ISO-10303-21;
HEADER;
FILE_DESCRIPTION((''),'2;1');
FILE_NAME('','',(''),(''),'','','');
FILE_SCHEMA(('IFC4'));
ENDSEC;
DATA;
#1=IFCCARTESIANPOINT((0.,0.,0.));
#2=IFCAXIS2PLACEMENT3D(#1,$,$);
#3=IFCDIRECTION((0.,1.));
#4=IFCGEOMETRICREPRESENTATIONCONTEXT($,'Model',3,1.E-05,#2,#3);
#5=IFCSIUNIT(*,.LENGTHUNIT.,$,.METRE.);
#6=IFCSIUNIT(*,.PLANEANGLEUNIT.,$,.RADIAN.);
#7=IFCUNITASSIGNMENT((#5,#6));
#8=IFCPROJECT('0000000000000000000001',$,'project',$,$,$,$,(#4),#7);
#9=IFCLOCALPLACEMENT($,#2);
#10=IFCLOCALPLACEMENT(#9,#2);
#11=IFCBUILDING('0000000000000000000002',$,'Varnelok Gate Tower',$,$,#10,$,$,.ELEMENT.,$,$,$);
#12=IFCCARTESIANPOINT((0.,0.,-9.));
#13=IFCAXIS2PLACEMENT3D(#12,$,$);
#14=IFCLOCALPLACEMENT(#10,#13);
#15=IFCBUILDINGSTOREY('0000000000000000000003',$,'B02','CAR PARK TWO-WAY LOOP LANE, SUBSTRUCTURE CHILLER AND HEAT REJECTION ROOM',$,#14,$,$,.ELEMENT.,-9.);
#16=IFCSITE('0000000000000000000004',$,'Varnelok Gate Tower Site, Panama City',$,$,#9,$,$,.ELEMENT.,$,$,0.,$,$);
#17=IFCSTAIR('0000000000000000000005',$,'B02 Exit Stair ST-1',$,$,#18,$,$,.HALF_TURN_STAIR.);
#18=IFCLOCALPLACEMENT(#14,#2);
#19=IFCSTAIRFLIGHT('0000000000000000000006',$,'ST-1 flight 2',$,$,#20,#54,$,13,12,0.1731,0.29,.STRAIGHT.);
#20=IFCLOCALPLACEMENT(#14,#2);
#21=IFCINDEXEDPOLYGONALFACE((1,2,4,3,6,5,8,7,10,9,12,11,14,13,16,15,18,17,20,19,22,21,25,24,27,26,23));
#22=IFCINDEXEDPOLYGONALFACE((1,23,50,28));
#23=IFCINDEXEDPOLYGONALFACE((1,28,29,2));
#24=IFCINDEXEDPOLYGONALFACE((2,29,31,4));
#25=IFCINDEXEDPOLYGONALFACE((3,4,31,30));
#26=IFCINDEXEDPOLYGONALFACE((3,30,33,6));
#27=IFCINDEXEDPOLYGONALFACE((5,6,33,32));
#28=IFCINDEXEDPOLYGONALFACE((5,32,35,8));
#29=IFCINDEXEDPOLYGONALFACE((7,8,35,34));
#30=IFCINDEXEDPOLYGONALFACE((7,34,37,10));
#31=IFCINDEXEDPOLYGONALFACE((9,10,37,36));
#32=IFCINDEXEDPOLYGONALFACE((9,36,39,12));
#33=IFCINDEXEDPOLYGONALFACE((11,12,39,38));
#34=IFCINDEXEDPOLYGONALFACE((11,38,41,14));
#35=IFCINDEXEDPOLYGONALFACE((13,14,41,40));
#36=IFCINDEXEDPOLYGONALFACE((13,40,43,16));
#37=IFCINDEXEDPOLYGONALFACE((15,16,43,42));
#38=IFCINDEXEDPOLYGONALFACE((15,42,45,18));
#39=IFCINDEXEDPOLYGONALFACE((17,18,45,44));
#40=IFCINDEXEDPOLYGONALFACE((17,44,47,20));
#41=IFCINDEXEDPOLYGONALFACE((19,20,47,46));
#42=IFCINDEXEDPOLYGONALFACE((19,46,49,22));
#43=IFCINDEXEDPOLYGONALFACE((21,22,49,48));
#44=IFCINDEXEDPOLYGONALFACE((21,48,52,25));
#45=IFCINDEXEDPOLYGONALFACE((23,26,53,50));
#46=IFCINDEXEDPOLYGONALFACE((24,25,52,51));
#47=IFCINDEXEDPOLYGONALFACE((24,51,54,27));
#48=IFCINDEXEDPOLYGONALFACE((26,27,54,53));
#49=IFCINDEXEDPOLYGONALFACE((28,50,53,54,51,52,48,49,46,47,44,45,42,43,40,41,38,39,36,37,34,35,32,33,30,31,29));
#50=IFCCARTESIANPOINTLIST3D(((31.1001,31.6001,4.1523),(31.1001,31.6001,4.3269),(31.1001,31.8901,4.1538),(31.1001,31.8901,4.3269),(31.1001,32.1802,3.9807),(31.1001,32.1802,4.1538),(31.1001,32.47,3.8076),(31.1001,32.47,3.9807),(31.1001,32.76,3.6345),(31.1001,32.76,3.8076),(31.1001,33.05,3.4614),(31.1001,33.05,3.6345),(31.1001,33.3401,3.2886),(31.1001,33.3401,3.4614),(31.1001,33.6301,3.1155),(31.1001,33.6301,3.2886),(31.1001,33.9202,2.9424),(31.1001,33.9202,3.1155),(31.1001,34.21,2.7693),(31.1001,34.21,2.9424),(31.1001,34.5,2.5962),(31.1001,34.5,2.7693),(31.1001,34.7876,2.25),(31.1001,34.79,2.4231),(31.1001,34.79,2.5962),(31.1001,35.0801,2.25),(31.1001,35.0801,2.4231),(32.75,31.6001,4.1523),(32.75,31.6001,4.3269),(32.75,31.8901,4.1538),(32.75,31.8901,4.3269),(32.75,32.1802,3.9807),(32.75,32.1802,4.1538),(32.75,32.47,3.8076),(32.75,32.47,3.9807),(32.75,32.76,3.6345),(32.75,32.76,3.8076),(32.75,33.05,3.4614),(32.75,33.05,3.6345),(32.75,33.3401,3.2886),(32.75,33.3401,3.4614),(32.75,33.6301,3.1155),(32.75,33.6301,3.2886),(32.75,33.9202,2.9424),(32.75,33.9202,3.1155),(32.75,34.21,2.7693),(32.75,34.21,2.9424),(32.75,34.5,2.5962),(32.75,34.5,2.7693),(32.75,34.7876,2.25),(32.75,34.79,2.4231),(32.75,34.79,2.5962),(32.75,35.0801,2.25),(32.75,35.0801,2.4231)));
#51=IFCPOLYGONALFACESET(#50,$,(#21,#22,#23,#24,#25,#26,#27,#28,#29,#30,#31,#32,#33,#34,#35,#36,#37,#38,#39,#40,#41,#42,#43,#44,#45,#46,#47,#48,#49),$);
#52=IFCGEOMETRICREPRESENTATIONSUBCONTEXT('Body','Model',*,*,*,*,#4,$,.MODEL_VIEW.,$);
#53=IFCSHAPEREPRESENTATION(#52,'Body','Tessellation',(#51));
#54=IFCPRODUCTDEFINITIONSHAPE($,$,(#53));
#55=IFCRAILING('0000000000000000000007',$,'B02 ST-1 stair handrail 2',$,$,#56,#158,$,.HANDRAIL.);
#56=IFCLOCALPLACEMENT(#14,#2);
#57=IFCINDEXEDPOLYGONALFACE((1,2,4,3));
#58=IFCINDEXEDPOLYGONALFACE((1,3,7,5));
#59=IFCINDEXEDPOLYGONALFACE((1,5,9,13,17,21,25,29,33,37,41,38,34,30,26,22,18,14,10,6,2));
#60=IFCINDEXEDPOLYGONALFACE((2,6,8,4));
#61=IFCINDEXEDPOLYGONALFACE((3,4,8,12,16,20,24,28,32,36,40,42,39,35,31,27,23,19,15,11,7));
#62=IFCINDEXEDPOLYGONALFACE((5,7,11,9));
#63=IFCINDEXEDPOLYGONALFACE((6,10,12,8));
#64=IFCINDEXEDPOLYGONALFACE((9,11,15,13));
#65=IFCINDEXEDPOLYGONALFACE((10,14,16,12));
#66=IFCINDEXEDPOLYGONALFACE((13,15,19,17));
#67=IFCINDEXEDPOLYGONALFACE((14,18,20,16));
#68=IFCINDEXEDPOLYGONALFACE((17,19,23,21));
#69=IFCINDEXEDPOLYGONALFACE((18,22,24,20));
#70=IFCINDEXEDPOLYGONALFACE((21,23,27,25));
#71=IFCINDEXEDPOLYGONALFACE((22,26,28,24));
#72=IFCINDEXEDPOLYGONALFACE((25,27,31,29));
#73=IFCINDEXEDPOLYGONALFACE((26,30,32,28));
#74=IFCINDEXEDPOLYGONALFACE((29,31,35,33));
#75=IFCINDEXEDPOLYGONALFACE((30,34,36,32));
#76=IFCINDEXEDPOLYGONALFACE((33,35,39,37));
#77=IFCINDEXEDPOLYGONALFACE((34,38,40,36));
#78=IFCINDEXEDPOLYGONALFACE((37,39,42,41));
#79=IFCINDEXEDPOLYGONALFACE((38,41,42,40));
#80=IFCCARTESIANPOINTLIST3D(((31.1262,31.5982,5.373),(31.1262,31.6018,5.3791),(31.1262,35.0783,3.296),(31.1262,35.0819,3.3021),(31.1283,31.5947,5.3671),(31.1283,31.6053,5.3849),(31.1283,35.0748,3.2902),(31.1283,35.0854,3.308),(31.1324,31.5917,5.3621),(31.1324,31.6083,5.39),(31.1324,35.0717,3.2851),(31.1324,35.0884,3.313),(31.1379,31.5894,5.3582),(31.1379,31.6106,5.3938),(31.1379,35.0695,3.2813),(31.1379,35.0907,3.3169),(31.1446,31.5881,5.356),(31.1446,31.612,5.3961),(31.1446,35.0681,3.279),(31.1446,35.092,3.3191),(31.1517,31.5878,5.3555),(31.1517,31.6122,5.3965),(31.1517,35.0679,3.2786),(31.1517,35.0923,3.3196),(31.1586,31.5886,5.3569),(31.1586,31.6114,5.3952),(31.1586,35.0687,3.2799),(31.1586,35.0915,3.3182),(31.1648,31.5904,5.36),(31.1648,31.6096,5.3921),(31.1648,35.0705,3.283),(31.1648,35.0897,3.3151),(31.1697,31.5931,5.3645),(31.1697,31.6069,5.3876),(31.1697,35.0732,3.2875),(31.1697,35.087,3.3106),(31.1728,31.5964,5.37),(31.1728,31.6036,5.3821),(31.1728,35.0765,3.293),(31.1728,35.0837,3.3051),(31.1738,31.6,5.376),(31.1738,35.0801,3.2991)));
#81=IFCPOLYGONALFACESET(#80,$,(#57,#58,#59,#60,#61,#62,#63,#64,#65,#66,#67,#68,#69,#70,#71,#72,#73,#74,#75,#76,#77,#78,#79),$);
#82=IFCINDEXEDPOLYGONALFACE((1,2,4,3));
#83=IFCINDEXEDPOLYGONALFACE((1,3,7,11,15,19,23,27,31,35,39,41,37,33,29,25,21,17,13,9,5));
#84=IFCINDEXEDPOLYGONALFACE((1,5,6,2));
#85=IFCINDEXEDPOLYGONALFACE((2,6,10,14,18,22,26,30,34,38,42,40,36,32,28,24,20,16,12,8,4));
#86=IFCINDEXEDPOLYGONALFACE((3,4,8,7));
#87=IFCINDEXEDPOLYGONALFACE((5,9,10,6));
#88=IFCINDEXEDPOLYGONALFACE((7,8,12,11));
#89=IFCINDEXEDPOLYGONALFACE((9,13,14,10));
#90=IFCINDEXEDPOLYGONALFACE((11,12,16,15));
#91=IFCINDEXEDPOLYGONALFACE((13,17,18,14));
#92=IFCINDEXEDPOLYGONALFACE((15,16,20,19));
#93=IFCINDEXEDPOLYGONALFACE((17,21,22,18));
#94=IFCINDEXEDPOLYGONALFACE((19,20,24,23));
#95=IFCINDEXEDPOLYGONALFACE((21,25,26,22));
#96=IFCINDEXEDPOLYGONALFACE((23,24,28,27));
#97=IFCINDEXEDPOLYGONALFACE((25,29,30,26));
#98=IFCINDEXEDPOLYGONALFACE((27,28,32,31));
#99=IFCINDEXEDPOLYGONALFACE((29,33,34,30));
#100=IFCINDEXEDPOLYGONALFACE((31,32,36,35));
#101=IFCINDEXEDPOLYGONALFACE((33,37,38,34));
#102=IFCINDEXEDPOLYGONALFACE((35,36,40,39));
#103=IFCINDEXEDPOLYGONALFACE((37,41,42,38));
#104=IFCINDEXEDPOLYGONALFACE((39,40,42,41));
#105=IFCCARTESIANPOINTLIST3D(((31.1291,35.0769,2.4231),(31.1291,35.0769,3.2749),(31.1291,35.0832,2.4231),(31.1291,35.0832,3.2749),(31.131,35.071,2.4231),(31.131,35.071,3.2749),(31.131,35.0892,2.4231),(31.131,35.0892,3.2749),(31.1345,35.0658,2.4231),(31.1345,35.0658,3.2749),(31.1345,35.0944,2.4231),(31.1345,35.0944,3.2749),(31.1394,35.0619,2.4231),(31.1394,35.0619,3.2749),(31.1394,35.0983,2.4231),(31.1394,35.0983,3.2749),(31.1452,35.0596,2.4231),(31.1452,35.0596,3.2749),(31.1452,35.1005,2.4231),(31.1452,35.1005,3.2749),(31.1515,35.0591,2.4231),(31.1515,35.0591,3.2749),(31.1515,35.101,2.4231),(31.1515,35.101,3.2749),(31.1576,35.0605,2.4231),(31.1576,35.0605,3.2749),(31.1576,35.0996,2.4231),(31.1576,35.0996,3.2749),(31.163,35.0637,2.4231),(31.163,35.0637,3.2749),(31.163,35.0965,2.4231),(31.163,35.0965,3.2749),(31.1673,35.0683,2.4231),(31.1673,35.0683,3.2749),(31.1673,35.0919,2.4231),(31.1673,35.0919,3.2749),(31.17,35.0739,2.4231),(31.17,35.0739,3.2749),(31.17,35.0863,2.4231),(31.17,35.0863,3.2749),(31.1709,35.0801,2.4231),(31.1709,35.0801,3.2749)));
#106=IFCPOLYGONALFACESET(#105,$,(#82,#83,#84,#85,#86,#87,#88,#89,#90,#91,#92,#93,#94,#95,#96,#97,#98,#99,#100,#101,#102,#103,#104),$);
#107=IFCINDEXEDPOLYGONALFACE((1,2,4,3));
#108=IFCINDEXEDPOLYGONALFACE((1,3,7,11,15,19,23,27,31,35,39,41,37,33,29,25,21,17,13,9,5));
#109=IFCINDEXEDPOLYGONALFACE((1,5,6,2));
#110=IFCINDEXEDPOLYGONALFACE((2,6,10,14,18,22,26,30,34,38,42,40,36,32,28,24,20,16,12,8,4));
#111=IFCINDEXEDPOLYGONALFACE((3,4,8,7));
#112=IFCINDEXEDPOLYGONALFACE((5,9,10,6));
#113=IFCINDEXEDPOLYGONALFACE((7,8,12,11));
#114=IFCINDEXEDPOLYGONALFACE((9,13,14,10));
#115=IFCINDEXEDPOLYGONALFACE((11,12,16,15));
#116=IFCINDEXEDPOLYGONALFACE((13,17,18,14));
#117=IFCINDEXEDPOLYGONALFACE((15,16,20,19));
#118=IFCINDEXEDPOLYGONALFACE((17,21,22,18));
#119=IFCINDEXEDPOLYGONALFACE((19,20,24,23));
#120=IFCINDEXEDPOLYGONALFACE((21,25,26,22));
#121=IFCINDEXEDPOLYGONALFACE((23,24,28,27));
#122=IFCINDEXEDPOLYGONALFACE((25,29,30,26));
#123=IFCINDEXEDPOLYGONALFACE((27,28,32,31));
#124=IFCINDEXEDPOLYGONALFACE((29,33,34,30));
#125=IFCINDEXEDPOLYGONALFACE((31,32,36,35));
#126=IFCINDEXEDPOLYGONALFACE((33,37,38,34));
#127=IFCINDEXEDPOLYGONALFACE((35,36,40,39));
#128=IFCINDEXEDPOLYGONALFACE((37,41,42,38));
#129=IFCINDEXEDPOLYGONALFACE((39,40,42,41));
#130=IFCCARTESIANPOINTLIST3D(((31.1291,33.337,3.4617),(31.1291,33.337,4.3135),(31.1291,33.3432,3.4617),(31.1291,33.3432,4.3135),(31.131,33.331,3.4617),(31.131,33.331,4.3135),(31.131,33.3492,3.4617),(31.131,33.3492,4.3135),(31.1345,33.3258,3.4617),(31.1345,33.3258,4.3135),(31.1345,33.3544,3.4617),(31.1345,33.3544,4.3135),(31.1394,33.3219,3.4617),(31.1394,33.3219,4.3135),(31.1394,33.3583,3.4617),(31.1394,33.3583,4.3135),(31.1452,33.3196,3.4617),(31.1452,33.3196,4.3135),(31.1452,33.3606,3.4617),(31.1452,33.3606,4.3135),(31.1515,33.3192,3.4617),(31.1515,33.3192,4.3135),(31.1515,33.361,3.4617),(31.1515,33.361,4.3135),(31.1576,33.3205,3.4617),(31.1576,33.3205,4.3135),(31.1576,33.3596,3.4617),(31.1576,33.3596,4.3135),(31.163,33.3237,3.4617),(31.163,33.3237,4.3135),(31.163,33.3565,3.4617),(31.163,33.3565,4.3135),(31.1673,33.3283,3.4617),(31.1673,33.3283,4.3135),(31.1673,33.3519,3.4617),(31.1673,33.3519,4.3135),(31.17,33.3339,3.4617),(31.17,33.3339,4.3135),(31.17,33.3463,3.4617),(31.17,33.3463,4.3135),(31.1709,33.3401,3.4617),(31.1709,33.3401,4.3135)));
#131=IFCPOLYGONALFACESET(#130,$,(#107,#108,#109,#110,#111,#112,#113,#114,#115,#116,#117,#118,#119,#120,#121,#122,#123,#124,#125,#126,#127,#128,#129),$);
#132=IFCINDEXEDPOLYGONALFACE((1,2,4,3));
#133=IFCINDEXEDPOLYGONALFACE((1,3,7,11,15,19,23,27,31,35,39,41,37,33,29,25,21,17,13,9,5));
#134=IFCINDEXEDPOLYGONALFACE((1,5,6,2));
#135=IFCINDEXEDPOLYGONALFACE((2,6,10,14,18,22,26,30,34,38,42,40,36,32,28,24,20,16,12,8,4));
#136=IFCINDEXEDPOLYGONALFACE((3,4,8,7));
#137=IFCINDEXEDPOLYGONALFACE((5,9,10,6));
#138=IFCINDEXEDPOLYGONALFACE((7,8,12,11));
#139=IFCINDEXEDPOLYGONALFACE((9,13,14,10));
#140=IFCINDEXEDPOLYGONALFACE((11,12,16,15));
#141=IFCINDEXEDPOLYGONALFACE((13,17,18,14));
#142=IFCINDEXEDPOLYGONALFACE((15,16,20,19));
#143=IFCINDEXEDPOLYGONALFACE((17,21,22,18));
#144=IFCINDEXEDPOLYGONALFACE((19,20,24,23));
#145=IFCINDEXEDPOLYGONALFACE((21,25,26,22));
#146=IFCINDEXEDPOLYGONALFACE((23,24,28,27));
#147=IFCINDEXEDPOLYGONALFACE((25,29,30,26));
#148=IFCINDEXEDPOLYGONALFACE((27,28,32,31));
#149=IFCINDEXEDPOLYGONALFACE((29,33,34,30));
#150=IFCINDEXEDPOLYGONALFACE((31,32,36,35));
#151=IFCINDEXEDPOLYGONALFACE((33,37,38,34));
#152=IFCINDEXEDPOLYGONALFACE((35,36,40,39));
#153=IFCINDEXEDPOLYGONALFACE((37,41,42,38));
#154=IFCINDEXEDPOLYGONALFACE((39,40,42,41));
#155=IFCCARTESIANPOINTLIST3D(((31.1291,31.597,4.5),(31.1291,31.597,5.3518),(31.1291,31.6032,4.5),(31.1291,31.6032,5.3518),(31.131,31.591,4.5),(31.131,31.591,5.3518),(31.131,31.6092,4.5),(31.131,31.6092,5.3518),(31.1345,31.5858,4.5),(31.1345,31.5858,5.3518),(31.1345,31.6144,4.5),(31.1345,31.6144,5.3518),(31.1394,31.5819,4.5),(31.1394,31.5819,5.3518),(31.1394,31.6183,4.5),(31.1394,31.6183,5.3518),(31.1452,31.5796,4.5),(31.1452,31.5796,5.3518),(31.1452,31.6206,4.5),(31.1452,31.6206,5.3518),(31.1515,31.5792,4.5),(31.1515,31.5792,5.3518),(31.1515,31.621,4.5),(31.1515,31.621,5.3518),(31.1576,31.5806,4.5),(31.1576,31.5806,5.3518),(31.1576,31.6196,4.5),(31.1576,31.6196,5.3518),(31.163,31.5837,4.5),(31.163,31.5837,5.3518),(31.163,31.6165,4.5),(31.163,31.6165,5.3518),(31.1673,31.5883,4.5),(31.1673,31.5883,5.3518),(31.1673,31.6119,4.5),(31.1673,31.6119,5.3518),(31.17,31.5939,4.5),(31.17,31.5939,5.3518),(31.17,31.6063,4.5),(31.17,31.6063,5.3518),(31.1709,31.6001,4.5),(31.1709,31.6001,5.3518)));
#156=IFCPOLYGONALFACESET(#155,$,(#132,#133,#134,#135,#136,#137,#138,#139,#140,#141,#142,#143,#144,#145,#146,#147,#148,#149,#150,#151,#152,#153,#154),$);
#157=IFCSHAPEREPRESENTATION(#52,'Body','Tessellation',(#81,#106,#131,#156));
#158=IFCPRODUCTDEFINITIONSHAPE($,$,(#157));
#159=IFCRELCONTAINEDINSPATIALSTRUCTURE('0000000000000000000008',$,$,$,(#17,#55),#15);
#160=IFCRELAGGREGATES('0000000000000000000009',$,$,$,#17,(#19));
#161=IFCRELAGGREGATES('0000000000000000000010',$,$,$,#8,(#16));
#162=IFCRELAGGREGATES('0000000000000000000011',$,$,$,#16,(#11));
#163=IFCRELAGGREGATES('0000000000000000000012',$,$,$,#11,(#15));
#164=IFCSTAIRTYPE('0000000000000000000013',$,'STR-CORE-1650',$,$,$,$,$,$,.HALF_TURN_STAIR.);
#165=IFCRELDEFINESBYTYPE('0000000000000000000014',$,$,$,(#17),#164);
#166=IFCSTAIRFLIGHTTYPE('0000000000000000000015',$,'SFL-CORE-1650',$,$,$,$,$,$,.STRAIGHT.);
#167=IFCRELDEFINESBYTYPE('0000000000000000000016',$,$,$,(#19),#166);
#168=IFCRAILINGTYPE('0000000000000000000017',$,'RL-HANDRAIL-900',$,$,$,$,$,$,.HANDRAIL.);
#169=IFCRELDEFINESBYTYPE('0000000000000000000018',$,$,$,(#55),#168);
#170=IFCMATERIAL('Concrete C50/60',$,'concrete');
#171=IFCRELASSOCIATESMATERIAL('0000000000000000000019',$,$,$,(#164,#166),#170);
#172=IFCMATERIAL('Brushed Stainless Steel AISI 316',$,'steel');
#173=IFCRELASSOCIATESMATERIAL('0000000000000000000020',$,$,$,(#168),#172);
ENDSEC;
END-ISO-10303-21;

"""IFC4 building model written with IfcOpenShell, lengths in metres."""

from ifc_helpers import new_model, si_unit, direction, frame, origin, origin_2d, place, context, subcontext, project, spatial, polyline, circle, outline, extrude, material, type_object, element, aggregate, save


model = new_model("IFC4")

# Units and contexts
model_context = context("Model", 3, precision=1e-05, world=origin(), true_north=direction((0.0, 1.0)))
body_context = subcontext(model_context, "Body", "Model", "MODEL_VIEW")
ifc_project = project(units=[si_unit("LENGTHUNIT", "METRE"), si_unit("PLANEANGLEUNIT", "RADIAN")], contexts=[model_context])

# Site, building, storey
site_placement = place(None, origin())
site = spatial("IfcSite", under=ifc_project, at=site_placement, Name="Varnelok Gate Tower Site, Panama City", CompositionType="ELEMENT", RefElevation=0.0)
building_placement = place(site_placement, origin())
building = spatial("IfcBuilding", under=site, at=building_placement, Name="Varnelok Gate Tower", CompositionType="ELEMENT")
storey_placement = place(building_placement, frame((0.0, 0.0, -9.0)))
storey = spatial("IfcBuildingStorey", under=building, at=storey_placement, Name="B02", Description="CAR PARK TWO-WAY LOOP LANE, SUBSTRUCTURE CHILLER AND HEAT REJECTION ROOM", CompositionType="ELEMENT", Elevation=-9.0)

# Shared definitions
ifc_material_1 = material(Name="Concrete C50/60", Category="concrete")

# Stair, stair flight
stair_type = type_object("IfcStairType", Name="STR-CORE-1650", PredefinedType="HALF_TURN_STAIR", material=ifc_material_1)
stair_placement = place(storey_placement, origin())
stair = element("IfcStair", 1, at=stair_placement, inside=storey, type_object=stair_type, Name="B02 Exit Stair ST-1", PredefinedType="HALF_TURN_STAIR")
stair_flight_type = type_object("IfcStairFlightType", Name="SFL-CORE-1650", PredefinedType="STRAIGHT", material=ifc_material_1)
stair_flight_placement = place(storey_placement, frame((31.925, 35.0801, 2.25), z_axis=(0.0, 0.0, 1.0), x_axis=(0.0, -1.0, 0.0)))
stair_flight = element("IfcStairFlight", 2, at=stair_flight_placement, type_object=stair_flight_type, Name="ST-1 flight 2", NumberOfRisers=13, NumberOfTreads=12, PredefinedType="STRAIGHT", RiserHeight=0.1731, TreadLength=0.29, context=body_context, shape_type="SweptSolid", body=[
    extrude(outline(polyline([(0.0, 0.0), (0.0, 0.1731), (0.29, 0.1731), (0.29, 0.3462), (0.5801, 0.3462), (0.5801, 0.5193), (0.8701, 0.5193), (0.8701, 0.6924), (1.1599, 0.6924), (1.1599, 0.8655), (1.45, 0.8655), (1.45, 1.0386), (1.74, 1.0386), (1.74, 1.2114), (2.03, 1.2114), (2.03, 1.3845), (2.3201, 1.3845), (2.3201, 1.5576), (2.6101, 1.5576), (2.6101, 1.7307), (2.8999, 1.7307), (2.8999, 1.9038), (3.1899, 1.9038), (3.1899, 2.0769), (3.48, 2.0769), (3.48, 2.25), (3.48, 1.9023), (0.2925, 0.0), (0.0, 0.0)])), frame((0.0, 0.825, 0.0), z_axis=(0.0, -1.0, 0.0), x_axis=(1.0, 0.0, 0.0)), (0.0, 0.0, 1.0), 1.6499),
])
aggregate(stair, [stair_flight])

# Railing
ifc_material_2 = material(Name="Brushed Stainless Steel AISI 316", Category="steel")
railing_type_1 = type_object("IfcRailingType", Name="RL-HANDRAIL-900", PredefinedType="HANDRAIL", material=ifc_material_2)
railing_1_placement = place(storey_placement, frame((31.1499, 35.0801, 2.4231)))
element("IfcRailing", 3, at=railing_1_placement, inside=storey, type_object=railing_type_1, Name="B02 ST-1 stair handrail 2", PredefinedType="HANDRAIL", context=body_context, shape_type="SweptSolid", body=[
    extrude(circle(Radius=0.0239, at=origin_2d()), frame((0.0, 0.0, 0.876), z_axis=(0.0, -0.858697, 0.512483), x_axis=(1.0, 0.0, 0.0)), (0.0, 0.0, 1.0), 4.0527),
    extrude(circle(Radius=0.021, at=origin_2d()), origin(), (0.0, 0.0, 1.0), 0.8518),
    extrude(circle(Radius=0.021, at=origin_2d()), frame((0.0, -1.74, 1.0386)), (0.0, 0.0, 1.0), 0.8518),
    extrude(circle(Radius=0.021, at=origin_2d()), frame((0.0, -3.48, 2.0769)), (0.0, 0.0, 1.0), 0.8518),
])

save(model, "model.ifc")
